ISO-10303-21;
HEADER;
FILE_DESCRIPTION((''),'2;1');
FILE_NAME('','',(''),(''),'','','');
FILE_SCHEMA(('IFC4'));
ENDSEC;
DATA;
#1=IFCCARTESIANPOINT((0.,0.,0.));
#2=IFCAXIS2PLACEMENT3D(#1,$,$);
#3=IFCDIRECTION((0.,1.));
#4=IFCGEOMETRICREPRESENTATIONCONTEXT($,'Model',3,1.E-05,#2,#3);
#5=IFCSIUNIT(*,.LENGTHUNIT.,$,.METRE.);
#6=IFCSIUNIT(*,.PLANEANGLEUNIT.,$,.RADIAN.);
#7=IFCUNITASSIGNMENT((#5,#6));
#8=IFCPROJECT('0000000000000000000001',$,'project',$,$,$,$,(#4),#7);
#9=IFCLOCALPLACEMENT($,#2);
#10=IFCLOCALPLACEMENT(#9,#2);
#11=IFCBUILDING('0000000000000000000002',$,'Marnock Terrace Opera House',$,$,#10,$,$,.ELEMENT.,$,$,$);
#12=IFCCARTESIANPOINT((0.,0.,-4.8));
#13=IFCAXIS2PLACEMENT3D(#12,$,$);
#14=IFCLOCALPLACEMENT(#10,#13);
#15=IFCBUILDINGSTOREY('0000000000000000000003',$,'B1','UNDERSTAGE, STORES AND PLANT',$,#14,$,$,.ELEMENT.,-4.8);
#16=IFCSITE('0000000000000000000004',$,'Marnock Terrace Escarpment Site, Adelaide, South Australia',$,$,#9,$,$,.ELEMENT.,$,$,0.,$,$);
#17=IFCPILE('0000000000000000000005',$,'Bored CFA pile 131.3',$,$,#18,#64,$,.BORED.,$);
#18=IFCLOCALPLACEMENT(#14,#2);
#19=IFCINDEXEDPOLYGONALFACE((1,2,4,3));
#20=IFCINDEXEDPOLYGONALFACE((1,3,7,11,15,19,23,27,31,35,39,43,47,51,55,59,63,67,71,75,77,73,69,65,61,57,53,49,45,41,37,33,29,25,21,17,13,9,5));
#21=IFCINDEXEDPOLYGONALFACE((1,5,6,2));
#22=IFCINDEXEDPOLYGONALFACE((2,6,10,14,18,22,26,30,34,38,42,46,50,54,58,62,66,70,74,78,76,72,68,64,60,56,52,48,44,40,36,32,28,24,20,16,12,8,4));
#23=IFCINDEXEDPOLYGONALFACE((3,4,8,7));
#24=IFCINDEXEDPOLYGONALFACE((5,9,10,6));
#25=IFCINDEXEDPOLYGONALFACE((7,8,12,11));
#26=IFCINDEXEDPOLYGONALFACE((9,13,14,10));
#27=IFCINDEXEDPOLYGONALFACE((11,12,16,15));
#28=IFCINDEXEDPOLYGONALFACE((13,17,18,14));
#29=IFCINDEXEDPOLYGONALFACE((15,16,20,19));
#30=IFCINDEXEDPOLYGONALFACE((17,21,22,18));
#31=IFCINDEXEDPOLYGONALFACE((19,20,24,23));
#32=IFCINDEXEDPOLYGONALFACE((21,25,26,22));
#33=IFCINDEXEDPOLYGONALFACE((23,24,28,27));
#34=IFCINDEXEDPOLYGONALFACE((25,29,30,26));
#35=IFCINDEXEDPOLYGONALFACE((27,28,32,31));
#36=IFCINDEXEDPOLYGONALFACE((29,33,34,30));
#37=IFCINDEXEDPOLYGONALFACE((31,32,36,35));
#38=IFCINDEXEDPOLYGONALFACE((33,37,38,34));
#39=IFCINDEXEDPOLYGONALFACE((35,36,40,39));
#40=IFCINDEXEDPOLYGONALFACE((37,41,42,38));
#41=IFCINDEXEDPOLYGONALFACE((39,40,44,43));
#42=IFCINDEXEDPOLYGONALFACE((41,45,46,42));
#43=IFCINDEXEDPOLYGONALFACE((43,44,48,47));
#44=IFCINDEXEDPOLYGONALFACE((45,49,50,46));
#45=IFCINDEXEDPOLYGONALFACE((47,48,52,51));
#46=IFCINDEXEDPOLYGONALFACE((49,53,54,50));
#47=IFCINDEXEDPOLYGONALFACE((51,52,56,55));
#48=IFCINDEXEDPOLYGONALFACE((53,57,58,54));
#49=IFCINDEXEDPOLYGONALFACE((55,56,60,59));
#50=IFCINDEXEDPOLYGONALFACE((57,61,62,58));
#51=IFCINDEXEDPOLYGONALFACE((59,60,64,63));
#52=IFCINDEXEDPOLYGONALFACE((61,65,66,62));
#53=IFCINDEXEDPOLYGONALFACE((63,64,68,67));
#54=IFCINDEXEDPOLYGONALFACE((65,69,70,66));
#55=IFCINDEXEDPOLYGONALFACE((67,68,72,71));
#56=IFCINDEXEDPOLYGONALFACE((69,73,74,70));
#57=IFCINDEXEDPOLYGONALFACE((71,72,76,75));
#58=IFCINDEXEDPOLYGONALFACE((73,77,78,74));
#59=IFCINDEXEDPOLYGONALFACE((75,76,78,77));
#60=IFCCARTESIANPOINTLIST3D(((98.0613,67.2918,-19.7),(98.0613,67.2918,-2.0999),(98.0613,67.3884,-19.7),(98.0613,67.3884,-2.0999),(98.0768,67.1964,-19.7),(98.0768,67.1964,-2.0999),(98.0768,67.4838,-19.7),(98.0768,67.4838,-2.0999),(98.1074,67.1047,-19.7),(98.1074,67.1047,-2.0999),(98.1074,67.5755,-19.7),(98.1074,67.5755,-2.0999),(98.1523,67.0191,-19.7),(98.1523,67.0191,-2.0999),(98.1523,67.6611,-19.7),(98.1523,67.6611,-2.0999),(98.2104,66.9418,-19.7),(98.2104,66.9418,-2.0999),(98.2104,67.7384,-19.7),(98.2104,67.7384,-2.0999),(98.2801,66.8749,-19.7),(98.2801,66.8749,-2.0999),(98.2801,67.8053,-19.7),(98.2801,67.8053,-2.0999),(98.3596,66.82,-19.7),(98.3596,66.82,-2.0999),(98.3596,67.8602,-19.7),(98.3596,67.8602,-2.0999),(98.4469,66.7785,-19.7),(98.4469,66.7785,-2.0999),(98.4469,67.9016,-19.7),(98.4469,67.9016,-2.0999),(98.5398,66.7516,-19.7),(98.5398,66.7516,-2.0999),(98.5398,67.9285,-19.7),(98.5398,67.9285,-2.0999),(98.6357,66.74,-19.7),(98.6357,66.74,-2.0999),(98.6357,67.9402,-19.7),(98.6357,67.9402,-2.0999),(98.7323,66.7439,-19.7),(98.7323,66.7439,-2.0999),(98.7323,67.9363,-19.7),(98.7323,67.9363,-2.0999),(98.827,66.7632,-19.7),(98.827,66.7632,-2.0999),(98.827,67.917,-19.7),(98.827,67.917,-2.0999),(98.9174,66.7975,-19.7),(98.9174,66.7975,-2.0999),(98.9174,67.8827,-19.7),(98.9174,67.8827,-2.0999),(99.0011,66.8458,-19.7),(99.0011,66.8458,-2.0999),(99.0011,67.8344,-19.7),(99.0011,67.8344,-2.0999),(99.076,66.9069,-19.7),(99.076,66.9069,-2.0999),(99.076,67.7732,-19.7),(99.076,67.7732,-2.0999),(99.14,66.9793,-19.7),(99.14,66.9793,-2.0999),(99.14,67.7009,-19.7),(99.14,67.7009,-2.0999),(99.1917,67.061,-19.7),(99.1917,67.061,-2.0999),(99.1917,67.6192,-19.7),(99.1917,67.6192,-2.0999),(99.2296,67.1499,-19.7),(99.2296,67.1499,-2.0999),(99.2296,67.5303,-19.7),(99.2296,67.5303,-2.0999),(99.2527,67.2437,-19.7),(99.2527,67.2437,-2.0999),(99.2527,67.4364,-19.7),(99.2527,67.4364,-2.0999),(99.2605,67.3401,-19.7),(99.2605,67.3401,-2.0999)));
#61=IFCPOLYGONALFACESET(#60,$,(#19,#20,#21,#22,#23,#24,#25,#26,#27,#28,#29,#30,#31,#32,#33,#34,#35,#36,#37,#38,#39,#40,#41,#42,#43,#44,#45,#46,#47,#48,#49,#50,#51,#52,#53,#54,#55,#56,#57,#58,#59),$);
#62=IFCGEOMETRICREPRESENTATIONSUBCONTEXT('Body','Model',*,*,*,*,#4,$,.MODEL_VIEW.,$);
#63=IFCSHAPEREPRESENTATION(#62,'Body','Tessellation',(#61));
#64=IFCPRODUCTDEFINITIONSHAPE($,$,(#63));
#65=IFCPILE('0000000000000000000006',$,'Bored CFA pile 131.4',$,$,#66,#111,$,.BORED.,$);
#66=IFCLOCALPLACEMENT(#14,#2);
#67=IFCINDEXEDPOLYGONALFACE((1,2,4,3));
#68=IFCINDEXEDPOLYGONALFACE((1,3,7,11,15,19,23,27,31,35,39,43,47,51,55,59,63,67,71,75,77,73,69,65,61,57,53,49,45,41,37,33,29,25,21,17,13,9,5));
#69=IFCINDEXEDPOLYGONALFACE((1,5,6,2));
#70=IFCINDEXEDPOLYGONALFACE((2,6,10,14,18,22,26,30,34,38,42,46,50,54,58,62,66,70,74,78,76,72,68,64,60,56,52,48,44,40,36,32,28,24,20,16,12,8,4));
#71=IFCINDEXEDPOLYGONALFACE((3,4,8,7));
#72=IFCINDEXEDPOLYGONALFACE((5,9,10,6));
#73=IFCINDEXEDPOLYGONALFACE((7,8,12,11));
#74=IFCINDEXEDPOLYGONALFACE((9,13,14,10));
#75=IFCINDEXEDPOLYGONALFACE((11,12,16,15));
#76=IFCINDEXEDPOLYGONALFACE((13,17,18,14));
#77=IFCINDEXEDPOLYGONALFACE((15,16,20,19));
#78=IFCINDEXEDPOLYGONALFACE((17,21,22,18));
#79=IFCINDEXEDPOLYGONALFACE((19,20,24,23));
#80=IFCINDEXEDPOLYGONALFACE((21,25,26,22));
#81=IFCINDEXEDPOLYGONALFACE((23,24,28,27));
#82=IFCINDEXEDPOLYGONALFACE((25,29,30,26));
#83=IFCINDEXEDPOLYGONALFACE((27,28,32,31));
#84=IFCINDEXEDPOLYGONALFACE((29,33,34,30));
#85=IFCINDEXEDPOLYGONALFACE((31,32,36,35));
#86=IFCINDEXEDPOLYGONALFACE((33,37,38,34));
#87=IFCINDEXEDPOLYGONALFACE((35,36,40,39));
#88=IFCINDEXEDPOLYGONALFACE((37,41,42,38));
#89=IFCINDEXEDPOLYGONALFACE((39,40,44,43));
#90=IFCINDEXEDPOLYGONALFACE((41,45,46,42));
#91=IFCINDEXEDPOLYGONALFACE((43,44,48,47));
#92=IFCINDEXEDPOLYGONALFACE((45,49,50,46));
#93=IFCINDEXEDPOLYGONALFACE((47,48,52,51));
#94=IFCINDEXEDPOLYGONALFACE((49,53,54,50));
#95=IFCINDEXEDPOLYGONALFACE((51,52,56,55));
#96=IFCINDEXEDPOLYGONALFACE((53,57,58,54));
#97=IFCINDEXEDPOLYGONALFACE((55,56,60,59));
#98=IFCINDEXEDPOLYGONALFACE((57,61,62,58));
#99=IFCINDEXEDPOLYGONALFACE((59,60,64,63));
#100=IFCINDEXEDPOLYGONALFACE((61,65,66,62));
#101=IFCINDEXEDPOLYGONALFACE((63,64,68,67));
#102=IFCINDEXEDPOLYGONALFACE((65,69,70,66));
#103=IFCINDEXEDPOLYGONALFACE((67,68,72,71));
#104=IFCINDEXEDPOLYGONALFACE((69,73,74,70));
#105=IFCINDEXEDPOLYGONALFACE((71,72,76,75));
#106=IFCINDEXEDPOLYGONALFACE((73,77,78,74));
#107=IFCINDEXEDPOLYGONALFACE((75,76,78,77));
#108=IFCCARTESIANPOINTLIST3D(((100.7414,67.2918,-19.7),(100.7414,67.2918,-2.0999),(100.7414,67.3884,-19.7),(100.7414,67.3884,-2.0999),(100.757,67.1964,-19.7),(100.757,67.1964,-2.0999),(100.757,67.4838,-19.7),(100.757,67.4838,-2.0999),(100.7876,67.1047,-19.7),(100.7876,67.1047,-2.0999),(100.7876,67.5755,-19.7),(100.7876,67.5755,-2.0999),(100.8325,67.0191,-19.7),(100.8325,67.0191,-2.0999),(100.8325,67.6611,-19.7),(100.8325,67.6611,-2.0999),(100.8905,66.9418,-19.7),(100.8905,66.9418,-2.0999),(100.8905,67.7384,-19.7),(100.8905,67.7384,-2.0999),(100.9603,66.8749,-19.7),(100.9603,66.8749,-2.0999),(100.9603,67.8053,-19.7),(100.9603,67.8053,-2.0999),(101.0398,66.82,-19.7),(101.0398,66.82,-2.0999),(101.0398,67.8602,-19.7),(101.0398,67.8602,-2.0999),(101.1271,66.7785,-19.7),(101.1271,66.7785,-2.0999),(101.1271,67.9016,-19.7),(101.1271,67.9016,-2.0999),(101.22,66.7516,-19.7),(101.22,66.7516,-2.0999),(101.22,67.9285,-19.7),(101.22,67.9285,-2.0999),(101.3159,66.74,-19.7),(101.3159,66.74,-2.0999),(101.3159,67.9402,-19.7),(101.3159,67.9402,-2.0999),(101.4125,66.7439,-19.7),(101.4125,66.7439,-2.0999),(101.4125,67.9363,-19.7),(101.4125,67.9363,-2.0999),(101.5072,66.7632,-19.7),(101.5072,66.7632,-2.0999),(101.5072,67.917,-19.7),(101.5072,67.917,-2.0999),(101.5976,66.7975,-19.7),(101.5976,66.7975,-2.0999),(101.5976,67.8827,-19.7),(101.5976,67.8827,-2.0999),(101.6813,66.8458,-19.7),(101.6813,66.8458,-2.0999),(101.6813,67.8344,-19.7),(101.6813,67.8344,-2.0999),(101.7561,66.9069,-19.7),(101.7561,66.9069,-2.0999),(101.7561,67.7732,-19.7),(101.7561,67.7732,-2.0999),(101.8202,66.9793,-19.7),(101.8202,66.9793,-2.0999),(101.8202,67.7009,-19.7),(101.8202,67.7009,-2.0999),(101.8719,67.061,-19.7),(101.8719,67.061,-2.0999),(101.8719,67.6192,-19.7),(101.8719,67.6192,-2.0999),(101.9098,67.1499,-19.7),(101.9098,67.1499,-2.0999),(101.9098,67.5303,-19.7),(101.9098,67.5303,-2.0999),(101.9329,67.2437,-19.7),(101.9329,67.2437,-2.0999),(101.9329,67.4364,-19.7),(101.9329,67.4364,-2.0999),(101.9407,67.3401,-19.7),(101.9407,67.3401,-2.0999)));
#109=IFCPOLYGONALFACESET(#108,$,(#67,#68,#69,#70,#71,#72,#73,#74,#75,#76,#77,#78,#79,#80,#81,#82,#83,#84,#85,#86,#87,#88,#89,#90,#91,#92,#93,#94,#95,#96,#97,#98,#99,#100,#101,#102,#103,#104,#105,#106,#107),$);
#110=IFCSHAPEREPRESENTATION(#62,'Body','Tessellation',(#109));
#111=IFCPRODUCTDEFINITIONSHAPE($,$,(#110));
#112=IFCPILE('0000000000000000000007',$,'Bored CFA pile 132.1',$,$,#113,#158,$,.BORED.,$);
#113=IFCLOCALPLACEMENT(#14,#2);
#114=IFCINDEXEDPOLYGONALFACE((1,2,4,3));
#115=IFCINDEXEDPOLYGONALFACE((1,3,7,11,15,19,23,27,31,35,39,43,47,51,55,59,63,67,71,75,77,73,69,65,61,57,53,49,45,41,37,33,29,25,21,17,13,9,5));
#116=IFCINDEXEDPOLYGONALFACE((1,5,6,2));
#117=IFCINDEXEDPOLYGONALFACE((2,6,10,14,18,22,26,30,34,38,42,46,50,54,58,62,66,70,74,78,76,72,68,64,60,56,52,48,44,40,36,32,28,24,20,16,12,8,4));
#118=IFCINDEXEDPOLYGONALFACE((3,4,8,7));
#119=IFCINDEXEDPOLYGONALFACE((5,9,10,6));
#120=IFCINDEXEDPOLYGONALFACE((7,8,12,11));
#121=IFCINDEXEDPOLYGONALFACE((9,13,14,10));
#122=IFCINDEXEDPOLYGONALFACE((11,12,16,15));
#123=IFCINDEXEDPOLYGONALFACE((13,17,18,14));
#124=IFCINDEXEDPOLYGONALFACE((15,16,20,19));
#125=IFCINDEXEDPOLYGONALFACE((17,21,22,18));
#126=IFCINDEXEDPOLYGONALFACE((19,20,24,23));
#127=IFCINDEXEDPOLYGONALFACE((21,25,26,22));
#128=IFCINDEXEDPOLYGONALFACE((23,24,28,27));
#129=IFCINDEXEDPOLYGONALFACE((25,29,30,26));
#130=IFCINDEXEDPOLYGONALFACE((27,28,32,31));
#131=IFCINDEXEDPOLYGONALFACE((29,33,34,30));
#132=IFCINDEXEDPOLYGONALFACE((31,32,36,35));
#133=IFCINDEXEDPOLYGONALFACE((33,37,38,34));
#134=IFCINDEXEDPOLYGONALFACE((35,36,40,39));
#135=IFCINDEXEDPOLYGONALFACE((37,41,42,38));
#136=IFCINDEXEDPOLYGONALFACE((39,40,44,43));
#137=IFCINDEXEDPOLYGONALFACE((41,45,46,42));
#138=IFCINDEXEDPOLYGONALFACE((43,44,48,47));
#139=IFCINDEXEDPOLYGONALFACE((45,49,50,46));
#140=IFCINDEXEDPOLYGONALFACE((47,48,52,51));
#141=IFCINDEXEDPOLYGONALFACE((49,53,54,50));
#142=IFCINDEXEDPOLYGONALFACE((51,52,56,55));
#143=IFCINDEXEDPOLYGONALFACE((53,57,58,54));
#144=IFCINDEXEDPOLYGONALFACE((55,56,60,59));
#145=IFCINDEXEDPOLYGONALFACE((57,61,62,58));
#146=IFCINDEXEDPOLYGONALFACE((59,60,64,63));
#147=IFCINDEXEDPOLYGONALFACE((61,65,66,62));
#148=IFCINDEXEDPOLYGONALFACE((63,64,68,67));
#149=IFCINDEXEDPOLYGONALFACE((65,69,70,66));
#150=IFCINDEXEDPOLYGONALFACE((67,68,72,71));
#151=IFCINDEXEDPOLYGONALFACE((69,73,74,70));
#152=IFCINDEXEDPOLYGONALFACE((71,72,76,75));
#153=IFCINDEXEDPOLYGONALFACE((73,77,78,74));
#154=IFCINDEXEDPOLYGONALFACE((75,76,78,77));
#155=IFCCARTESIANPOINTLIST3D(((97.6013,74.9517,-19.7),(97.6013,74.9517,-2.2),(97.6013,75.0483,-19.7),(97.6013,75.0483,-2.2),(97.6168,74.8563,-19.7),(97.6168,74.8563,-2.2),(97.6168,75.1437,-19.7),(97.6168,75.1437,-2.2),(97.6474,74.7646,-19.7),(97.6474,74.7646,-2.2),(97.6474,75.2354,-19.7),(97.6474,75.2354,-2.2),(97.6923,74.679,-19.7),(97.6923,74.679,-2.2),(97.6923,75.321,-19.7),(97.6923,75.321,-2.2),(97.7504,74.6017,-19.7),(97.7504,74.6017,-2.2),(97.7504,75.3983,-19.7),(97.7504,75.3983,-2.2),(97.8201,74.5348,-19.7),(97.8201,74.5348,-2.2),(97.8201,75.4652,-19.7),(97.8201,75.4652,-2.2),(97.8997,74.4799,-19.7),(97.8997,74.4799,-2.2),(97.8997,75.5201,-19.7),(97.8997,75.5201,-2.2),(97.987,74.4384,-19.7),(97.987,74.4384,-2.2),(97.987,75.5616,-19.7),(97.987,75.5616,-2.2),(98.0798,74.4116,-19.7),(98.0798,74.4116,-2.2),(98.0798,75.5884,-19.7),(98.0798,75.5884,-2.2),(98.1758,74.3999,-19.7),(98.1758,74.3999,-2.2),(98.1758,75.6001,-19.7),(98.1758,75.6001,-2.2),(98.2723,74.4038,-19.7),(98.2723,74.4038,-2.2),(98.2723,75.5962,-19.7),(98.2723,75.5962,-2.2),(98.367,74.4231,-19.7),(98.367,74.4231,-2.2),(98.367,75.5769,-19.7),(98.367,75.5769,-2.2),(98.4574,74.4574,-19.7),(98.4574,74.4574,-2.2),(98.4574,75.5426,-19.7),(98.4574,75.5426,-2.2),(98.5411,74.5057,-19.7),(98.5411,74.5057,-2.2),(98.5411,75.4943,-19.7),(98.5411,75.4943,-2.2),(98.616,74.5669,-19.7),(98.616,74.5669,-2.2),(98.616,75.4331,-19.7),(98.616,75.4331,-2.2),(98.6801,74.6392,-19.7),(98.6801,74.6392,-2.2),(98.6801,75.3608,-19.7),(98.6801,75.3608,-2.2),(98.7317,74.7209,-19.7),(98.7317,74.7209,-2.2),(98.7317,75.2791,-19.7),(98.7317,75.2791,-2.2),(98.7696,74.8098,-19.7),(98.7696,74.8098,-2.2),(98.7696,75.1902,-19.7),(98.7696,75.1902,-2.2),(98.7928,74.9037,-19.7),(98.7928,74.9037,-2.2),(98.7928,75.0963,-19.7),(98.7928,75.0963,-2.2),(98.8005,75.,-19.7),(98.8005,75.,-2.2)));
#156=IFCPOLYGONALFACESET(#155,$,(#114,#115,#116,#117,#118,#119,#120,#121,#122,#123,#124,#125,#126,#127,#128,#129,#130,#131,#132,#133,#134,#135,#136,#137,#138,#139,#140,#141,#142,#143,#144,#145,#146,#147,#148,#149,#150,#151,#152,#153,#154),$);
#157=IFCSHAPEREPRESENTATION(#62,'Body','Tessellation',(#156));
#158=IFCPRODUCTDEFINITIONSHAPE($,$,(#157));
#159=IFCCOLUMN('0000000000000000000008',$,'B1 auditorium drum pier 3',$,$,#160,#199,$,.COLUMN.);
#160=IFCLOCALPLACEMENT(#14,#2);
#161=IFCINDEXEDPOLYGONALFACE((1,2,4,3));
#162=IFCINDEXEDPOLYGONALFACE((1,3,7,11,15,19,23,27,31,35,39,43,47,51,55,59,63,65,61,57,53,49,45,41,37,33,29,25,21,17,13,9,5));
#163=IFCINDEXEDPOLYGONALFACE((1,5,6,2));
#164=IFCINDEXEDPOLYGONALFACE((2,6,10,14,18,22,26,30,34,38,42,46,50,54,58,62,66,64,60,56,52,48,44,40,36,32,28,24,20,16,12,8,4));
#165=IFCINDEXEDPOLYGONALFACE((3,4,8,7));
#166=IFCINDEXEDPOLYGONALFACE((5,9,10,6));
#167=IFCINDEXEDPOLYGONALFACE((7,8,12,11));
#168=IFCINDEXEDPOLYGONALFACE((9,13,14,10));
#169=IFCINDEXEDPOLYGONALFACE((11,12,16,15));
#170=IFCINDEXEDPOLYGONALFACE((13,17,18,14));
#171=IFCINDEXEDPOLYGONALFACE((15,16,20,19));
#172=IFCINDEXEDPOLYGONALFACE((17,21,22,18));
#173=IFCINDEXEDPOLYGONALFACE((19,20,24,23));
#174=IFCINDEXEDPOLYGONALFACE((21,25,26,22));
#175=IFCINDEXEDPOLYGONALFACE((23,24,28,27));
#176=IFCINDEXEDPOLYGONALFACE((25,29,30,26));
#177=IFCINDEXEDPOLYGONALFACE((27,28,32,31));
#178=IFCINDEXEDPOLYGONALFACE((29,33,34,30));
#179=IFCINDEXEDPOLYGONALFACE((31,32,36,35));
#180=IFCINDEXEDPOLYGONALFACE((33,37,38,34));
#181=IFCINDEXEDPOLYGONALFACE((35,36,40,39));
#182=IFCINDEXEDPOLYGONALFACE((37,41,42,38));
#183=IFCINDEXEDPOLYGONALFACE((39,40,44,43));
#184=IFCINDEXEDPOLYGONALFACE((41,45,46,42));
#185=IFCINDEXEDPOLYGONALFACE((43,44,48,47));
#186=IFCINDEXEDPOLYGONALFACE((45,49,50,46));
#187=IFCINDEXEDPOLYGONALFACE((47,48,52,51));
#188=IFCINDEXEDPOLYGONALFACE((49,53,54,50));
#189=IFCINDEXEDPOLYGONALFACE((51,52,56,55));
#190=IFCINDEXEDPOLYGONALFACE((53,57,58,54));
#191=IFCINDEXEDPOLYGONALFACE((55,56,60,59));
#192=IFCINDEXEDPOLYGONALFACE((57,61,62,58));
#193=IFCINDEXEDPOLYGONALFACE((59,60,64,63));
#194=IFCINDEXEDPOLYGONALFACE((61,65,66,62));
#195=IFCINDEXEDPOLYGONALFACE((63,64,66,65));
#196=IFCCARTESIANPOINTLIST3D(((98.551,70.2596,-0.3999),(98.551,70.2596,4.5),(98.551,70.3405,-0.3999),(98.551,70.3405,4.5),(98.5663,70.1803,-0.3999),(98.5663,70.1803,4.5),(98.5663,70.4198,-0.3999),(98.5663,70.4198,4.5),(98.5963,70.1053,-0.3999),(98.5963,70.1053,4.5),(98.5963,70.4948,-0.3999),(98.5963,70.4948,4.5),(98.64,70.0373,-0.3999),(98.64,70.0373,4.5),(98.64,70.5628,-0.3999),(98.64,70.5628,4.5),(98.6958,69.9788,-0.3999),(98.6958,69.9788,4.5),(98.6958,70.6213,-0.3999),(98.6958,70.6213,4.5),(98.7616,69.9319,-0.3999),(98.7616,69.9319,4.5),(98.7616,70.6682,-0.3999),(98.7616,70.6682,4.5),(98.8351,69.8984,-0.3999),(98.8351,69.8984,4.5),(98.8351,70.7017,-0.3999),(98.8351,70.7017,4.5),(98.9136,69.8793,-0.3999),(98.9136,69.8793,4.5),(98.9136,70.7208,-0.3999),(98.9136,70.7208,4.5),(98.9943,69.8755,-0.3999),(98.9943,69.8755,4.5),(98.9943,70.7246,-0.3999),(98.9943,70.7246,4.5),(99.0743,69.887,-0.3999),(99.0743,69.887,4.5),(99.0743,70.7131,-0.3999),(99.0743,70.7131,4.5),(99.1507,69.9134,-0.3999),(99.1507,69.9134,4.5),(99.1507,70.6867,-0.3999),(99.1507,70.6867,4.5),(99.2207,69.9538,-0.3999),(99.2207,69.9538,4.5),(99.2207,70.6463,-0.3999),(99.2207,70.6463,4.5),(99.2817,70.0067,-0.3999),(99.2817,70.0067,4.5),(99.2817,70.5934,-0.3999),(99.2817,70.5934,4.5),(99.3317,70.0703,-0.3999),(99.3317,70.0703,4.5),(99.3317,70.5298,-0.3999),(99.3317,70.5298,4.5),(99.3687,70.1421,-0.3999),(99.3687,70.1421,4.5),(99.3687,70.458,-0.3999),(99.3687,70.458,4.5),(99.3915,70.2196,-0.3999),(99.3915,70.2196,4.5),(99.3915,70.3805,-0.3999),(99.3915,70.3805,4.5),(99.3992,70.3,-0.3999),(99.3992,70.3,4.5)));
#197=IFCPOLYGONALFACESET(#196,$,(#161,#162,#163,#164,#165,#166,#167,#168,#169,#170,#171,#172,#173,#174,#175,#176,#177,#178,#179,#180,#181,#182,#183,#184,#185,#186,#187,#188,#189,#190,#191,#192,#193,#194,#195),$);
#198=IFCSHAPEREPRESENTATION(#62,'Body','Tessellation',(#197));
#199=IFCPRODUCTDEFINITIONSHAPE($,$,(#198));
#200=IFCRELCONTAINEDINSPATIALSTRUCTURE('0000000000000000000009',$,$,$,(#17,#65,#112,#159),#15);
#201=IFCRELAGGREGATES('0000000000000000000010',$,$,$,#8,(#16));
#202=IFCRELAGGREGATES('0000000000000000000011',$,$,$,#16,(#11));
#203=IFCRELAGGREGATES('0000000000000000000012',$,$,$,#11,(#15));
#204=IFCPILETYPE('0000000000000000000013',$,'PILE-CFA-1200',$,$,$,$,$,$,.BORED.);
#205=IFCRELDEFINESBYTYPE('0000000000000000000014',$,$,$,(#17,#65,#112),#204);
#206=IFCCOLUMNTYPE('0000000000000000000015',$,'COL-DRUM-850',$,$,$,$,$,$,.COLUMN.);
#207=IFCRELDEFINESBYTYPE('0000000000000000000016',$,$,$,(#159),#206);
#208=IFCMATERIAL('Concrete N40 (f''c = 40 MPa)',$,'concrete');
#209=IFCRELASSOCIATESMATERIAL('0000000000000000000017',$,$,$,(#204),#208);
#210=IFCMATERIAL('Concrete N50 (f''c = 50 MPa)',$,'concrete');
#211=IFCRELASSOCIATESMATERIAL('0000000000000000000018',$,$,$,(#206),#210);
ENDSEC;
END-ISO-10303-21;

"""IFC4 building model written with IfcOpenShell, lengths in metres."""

from ifc_helpers import new_model, si_unit, direction, frame, origin, origin_2d, place, context, subcontext, project, spatial, circle, extrude, material, material_profile, profile_set, type_object, element, save


model = new_model("IFC4")

# Units and contexts
model_context = context("Model", 3, precision=1e-05, world=origin(), true_north=direction((0.0, 1.0)))
body_context = subcontext(model_context, "Body", "Model", "MODEL_VIEW")
ifc_project = project(units=[si_unit("LENGTHUNIT", "METRE"), si_unit("PLANEANGLEUNIT", "RADIAN")], contexts=[model_context])

# Site, building, storey
site_placement = place(None, origin())
site = spatial("IfcSite", under=ifc_project, at=site_placement, Name="Marnock Terrace Escarpment Site, Adelaide, South Australia", CompositionType="ELEMENT", RefElevation=0.0)
building_placement = place(site_placement, origin())
building = spatial("IfcBuilding", under=site, at=building_placement, Name="Marnock Terrace Opera House", CompositionType="ELEMENT")
storey_placement = place(building_placement, frame((0.0, 0.0, -4.8)))
storey = spatial("IfcBuildingStorey", under=building, at=storey_placement, Name="B1", Description="UNDERSTAGE, STORES AND PLANT", CompositionType="ELEMENT", Elevation=-4.8)

# Shared definitions
ifc_material_1 = material(Name="Concrete N40 (f'c = 40 MPa)", Category="concrete")

# Piles
ifc_material_profile_1 = material_profile(ifc_material_1, circle(Radius=0.6006, at=origin_2d()))
ifc_profile_set_1 = profile_set([ifc_material_profile_1], Name="Concrete N40 (f'c = 40 MPa)")
pile_type = type_object("IfcPileType", Name="PILE-CFA-1200", PredefinedType="BORED", material=ifc_profile_set_1)
for number, where, z_axis, x_axis, name in (
    (1, (98.6599, 67.3401, -2.0999), (0.0, 0.0, -1.0), (1.0, 0.0, 0.0), "Bored CFA pile 131.3"),
    (2, (101.3401, 67.3401, -2.0999), (0.0, 0.0, -1.0), (1.0, 0.0, 0.0), "Bored CFA pile 131.4"),
):
    element("IfcPile", number, at=place(storey_placement, frame(where, z_axis=z_axis, x_axis=x_axis)), inside=storey, type_object=pile_type, Name=name, PredefinedType="BORED", context=body_context, shape_type="SweptSolid", body=[
        extrude(circle(Radius=0.6006, at=origin_2d()), origin(), (0.0, 0.0, 1.0), 17.6001),
    ])
pile_placement = place(storey_placement, frame((98.2, 75.0, -2.2), z_axis=(0.0, 0.0, -1.0), x_axis=(1.0, 0.0, 0.0)))
element("IfcPile", 3, at=pile_placement, inside=storey, type_object=pile_type, Name="Bored CFA pile 132.1", PredefinedType="BORED", context=body_context, shape_type="SweptSolid", body=[
    extrude(circle(Radius=0.6006, at=origin_2d()), origin(), (0.0, 0.0, 1.0), 17.5),
])

# Column
ifc_material_2 = material(Name="Concrete N50 (f'c = 50 MPa)", Category="concrete")
ifc_material_profile_2 = material_profile(ifc_material_2, circle(Radius=0.425, at=origin_2d()))
ifc_profile_set_2 = profile_set([ifc_material_profile_2], Name="Concrete N50 (f'c = 50 MPa)")
column_type_1 = type_object("IfcColumnType", Name="COL-DRUM-850", PredefinedType="COLUMN", material=ifc_profile_set_2)
for number, where, z_axis, x_axis, name in (
    (4, (98.9741, 70.3, -0.3999), (0.0, 0.0, 1.0), (1.0, 0.0, 0.0), "B1 auditorium drum pier 3"),
):
    element("IfcColumn", number, at=place(storey_placement, frame(where, z_axis=z_axis, x_axis=x_axis)), inside=storey, type_object=column_type_1, Name=name, PredefinedType="COLUMN", context=body_context, shape_type="SweptSolid", body=[
        extrude(circle(Radius=0.425, at=origin_2d()), origin(), (0.0, 0.0, 1.0), 4.8999),
    ])

save(model, "model.ifc")
